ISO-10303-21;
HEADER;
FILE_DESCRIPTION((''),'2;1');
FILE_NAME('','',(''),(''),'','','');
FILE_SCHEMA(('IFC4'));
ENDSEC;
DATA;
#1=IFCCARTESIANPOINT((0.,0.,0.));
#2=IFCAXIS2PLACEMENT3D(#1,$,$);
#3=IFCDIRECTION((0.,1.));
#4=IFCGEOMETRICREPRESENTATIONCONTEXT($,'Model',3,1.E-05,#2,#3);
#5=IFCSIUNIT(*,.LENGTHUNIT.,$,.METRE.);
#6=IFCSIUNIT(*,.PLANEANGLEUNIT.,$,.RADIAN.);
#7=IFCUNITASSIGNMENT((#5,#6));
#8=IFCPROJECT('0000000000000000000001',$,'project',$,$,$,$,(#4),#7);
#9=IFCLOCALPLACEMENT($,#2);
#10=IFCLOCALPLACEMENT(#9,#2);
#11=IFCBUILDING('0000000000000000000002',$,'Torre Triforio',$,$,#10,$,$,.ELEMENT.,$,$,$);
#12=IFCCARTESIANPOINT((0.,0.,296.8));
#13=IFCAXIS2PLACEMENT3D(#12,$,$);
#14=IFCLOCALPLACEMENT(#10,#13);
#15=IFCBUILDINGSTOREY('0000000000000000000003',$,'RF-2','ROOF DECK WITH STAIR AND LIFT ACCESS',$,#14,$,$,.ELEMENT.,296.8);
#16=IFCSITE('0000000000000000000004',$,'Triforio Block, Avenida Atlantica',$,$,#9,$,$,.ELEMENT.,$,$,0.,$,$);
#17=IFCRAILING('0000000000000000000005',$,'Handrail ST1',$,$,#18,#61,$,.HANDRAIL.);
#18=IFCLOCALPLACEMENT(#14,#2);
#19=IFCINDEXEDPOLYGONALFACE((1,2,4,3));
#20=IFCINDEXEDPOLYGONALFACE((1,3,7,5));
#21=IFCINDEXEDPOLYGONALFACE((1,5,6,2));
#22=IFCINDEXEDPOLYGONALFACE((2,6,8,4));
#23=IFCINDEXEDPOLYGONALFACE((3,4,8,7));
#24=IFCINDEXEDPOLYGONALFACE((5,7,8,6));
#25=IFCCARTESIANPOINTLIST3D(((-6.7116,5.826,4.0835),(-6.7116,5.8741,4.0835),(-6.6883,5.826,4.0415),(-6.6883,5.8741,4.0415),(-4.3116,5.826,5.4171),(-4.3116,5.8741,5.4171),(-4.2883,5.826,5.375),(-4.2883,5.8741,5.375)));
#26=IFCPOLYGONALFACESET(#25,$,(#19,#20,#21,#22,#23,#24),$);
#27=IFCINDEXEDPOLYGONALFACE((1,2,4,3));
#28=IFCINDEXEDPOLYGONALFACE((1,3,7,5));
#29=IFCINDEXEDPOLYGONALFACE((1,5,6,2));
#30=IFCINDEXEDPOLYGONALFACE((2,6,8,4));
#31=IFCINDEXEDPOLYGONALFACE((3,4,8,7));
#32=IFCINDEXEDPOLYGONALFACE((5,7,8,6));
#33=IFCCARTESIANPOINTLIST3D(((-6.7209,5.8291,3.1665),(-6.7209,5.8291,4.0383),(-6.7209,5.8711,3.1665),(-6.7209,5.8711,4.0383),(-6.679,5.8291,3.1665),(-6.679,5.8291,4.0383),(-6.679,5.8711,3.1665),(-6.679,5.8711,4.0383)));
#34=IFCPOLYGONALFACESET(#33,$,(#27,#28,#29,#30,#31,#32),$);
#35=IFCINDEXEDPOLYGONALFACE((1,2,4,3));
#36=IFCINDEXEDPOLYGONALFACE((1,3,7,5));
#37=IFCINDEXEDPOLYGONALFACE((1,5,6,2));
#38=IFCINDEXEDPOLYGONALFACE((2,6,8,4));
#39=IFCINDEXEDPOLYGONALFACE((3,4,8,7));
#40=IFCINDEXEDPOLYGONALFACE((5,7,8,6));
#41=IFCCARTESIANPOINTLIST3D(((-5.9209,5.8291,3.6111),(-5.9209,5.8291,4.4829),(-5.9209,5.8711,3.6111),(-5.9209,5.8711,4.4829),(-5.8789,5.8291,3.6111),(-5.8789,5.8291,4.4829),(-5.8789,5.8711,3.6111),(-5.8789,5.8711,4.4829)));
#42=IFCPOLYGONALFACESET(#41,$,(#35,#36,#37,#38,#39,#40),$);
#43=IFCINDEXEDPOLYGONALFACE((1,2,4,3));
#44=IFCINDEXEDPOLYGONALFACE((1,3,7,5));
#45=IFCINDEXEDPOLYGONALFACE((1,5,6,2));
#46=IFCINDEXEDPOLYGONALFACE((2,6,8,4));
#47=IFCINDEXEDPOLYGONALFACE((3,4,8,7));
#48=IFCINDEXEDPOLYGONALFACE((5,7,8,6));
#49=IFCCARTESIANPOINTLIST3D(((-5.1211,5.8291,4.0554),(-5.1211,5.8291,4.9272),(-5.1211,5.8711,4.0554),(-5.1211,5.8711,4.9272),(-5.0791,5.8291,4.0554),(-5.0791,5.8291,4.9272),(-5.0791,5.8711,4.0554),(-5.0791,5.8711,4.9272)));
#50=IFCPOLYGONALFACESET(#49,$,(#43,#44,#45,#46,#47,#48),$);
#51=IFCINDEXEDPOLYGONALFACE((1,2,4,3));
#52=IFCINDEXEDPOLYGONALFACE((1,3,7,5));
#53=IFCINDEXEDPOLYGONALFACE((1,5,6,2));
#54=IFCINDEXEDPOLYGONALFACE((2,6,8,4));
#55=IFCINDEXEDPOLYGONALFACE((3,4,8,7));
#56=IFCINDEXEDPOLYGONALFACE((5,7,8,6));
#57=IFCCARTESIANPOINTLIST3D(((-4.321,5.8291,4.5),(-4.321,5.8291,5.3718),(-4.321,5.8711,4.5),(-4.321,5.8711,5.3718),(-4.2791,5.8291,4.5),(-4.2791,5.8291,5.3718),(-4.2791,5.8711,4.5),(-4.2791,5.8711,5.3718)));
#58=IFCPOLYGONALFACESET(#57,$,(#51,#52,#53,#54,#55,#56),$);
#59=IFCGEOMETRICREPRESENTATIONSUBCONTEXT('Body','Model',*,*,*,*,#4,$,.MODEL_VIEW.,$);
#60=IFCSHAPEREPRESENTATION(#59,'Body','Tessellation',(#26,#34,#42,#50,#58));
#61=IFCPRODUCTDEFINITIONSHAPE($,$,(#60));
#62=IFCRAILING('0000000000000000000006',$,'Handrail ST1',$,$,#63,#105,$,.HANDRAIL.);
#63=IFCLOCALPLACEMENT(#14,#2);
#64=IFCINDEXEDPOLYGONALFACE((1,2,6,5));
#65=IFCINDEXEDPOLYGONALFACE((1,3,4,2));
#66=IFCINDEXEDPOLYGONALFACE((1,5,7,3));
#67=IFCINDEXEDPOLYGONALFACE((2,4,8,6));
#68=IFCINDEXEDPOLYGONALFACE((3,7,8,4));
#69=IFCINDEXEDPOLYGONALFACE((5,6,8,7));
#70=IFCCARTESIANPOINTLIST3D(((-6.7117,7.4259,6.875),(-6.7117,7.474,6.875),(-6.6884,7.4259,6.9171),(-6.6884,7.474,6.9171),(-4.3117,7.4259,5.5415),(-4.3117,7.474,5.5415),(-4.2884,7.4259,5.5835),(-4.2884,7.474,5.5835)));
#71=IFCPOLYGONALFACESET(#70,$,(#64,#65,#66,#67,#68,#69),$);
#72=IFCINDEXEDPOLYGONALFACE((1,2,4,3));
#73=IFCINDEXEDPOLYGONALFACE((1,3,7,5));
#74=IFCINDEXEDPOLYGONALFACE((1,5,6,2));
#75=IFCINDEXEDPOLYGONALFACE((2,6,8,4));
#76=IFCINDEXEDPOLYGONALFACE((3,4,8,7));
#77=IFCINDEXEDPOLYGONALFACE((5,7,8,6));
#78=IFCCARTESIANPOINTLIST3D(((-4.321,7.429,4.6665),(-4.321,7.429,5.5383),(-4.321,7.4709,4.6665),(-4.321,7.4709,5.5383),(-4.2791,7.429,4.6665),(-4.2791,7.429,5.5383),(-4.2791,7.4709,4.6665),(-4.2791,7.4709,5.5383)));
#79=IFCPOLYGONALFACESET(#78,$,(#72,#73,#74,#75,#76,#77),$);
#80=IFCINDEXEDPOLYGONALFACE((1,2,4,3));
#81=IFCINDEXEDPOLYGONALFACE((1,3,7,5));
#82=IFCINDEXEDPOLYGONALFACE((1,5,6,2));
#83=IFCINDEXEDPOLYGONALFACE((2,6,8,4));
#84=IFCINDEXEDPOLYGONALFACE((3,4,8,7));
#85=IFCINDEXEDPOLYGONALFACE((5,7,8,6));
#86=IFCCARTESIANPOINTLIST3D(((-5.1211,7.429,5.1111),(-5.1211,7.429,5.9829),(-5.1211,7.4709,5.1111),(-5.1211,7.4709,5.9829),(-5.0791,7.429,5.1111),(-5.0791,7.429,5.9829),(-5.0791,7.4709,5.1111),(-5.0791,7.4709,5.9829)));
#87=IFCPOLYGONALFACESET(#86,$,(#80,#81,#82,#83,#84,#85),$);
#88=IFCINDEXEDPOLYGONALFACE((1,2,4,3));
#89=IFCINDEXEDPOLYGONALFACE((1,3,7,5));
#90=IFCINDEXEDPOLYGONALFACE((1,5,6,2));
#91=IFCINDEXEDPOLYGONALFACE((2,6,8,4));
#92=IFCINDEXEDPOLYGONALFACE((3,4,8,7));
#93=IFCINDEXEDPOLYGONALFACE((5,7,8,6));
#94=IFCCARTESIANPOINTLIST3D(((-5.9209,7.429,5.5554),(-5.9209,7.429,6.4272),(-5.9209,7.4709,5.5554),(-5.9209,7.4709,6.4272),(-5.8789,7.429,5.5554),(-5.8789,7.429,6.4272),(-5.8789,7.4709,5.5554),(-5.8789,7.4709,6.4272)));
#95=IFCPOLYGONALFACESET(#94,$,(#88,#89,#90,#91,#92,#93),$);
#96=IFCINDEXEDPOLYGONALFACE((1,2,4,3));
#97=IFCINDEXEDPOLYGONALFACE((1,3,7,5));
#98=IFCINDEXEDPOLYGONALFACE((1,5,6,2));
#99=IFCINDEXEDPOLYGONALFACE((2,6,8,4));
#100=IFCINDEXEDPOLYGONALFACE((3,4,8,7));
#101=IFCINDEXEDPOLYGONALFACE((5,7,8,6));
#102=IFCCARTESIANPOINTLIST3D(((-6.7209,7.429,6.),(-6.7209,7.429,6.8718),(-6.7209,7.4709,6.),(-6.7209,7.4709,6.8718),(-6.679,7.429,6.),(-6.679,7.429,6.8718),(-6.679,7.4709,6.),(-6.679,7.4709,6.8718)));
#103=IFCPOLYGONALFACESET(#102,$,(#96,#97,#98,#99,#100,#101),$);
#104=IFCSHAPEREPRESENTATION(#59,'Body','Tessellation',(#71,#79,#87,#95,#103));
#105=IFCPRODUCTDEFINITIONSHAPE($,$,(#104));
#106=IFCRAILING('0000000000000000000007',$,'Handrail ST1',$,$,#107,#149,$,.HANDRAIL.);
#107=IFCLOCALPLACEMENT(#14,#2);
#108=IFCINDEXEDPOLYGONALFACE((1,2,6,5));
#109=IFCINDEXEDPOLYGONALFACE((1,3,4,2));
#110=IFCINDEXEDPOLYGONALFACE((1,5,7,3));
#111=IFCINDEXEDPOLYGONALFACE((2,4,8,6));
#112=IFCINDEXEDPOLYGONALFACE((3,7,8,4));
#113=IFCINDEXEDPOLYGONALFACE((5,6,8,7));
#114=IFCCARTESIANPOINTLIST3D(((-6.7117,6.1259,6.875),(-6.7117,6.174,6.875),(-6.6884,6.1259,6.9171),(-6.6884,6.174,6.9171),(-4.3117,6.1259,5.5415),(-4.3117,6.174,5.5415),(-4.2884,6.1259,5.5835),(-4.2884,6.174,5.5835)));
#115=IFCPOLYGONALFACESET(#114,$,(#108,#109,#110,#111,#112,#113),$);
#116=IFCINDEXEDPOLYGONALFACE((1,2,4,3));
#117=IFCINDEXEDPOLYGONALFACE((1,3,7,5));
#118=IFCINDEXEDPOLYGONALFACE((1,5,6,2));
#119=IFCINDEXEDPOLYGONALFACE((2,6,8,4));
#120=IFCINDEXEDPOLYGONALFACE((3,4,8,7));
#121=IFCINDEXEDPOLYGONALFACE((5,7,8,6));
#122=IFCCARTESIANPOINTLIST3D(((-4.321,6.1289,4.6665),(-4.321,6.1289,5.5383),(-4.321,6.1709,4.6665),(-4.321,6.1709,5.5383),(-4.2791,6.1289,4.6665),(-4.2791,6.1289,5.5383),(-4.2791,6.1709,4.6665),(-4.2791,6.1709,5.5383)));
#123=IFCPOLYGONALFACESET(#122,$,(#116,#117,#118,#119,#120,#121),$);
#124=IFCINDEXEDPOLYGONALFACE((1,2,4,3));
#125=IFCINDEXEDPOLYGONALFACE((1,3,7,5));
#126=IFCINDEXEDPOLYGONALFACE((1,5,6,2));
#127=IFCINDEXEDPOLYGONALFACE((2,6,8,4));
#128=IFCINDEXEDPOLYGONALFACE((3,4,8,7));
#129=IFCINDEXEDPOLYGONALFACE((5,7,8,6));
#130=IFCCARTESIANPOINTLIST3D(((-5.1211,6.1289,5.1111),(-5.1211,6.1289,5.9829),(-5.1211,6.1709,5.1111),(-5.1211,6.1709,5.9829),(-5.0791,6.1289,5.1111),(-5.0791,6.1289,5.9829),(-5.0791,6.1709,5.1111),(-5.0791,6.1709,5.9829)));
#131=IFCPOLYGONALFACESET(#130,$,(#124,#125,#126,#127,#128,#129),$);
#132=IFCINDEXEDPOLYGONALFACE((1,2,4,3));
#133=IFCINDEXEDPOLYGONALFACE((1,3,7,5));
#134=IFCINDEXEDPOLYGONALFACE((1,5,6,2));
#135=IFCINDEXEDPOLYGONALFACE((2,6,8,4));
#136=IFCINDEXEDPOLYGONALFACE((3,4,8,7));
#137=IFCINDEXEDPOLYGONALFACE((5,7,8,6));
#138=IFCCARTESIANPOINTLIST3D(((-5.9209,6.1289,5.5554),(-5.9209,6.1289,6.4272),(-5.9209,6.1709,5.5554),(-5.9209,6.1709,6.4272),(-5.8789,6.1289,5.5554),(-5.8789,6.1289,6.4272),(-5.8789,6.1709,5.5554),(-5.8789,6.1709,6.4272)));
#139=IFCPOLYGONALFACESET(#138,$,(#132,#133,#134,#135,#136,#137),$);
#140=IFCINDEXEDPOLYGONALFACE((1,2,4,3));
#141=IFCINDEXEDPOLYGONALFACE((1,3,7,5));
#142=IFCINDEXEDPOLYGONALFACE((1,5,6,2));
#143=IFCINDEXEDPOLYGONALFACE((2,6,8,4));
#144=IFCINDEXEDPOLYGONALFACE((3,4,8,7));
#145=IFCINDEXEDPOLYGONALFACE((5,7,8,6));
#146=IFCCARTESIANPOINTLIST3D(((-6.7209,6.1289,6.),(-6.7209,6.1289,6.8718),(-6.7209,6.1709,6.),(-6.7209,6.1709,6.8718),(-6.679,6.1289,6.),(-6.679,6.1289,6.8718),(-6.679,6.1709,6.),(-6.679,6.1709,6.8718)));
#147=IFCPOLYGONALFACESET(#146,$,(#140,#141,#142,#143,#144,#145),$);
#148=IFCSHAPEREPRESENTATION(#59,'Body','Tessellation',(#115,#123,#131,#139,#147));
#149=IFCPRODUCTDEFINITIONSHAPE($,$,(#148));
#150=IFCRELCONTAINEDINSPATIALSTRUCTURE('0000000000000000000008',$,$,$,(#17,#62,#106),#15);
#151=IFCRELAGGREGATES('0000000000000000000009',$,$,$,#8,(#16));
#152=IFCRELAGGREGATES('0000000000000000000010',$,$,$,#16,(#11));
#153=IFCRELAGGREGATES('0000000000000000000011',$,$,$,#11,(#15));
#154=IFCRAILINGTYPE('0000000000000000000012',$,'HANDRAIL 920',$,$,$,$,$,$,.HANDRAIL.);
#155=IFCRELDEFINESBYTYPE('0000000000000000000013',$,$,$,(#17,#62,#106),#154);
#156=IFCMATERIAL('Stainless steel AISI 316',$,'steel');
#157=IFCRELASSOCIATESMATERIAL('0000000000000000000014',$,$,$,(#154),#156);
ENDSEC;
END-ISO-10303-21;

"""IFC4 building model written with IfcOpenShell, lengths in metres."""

from ifc_helpers import new_model, si_unit, direction, frame, origin, origin_2d, place, context, subcontext, project, spatial, rectangle, extrude, material, type_object, element, save


model = new_model("IFC4")

# Units and contexts
model_context = context("Model", 3, precision=1e-05, world=origin(), true_north=direction((0.0, 1.0)))
body_context = subcontext(model_context, "Body", "Model", "MODEL_VIEW")
ifc_project = project(units=[si_unit("LENGTHUNIT", "METRE"), si_unit("PLANEANGLEUNIT", "RADIAN")], contexts=[model_context])

# Site, building, storey
site_placement = place(None, origin())
site = spatial("IfcSite", under=ifc_project, at=site_placement, Name="Triforio Block, Avenida Atlantica", CompositionType="ELEMENT", RefElevation=0.0)
building_placement = place(site_placement, origin())
building = spatial("IfcBuilding", under=site, at=building_placement, Name="Torre Triforio", CompositionType="ELEMENT")
storey_placement = place(building_placement, frame((0.0, 0.0, 296.8)))
storey = spatial("IfcBuildingStorey", under=building, at=storey_placement, Name="RF-2", Description="ROOF DECK WITH STAIR AND LIFT ACCESS", CompositionType="ELEMENT", Elevation=296.8)

# Railings
ifc_material_1 = material(Name="Stainless steel AISI 316", Category="steel")
railing_type = type_object("IfcRailingType", Name="HANDRAIL 920", PredefinedType="HANDRAIL", material=ifc_material_1)
railing_placement = place(storey_placement, frame((-6.7, 5.8501, 3.1665)))
element("IfcRailing", 1, at=railing_placement, inside=storey, type_object=railing_type, Name="Handrail ST1", PredefinedType="HANDRAIL", context=body_context, shape_type="SweptSolid", body=[
    extrude(rectangle(XDim=0.0481, YDim=0.0481, at=origin_2d()), frame((0.0, 0.0, 0.896), z_axis=(0.874124, 0.0, 0.485703), x_axis=(0.0, 1.0, 0.0)), (0.0, 0.0, 1.0), 2.7456),
    extrude(rectangle(XDim=0.042, YDim=0.042, at=origin_2d()), origin(), (0.0, 0.0, 1.0), 0.8718),
    extrude(rectangle(XDim=0.042, YDim=0.042, at=origin_2d()), frame((0.8, 0.0, 0.4446)), (0.0, 0.0, 1.0), 0.8718),
    extrude(rectangle(XDim=0.042, YDim=0.042, at=origin_2d()), frame((1.5999, 0.0, 0.8889)), (0.0, 0.0, 1.0), 0.8718),
    extrude(rectangle(XDim=0.042, YDim=0.042, at=origin_2d()), frame((2.3999, 0.0, 1.3335)), (0.0, 0.0, 1.0), 0.8718),
])
for number, where, name in (
    (2, (-4.3, 7.45, 4.6665), "Handrail ST1"),
    (3, (-4.3, 6.1499, 4.6665), "Handrail ST1"),
):
    element("IfcRailing", number, at=place(storey_placement, frame(where)), inside=storey, type_object=railing_type, Name=name, PredefinedType="HANDRAIL", context=body_context, shape_type="SweptSolid", body=[
        extrude(rectangle(XDim=0.0481, YDim=0.0481, at=origin_2d()), frame((0.0, 0.0, 0.896), z_axis=(-0.874124, 0.0, 0.485703), x_axis=(0.0, -1.0, 0.0)), (0.0, 0.0, 1.0), 2.7456),
        extrude(rectangle(XDim=0.042, YDim=0.042, at=origin_2d()), origin(), (0.0, 0.0, 1.0), 0.8718),
        extrude(rectangle(XDim=0.042, YDim=0.042, at=origin_2d()), frame((-0.8, 0.0, 0.4446)), (0.0, 0.0, 1.0), 0.8718),
        extrude(rectangle(XDim=0.042, YDim=0.042, at=origin_2d()), frame((-1.5999, 0.0, 0.8889)), (0.0, 0.0, 1.0), 0.8718),
        extrude(rectangle(XDim=0.042, YDim=0.042, at=origin_2d()), frame((-2.3999, 0.0, 1.3335)), (0.0, 0.0, 1.0), 0.8718),
    ])

save(model, "model.ifc")
